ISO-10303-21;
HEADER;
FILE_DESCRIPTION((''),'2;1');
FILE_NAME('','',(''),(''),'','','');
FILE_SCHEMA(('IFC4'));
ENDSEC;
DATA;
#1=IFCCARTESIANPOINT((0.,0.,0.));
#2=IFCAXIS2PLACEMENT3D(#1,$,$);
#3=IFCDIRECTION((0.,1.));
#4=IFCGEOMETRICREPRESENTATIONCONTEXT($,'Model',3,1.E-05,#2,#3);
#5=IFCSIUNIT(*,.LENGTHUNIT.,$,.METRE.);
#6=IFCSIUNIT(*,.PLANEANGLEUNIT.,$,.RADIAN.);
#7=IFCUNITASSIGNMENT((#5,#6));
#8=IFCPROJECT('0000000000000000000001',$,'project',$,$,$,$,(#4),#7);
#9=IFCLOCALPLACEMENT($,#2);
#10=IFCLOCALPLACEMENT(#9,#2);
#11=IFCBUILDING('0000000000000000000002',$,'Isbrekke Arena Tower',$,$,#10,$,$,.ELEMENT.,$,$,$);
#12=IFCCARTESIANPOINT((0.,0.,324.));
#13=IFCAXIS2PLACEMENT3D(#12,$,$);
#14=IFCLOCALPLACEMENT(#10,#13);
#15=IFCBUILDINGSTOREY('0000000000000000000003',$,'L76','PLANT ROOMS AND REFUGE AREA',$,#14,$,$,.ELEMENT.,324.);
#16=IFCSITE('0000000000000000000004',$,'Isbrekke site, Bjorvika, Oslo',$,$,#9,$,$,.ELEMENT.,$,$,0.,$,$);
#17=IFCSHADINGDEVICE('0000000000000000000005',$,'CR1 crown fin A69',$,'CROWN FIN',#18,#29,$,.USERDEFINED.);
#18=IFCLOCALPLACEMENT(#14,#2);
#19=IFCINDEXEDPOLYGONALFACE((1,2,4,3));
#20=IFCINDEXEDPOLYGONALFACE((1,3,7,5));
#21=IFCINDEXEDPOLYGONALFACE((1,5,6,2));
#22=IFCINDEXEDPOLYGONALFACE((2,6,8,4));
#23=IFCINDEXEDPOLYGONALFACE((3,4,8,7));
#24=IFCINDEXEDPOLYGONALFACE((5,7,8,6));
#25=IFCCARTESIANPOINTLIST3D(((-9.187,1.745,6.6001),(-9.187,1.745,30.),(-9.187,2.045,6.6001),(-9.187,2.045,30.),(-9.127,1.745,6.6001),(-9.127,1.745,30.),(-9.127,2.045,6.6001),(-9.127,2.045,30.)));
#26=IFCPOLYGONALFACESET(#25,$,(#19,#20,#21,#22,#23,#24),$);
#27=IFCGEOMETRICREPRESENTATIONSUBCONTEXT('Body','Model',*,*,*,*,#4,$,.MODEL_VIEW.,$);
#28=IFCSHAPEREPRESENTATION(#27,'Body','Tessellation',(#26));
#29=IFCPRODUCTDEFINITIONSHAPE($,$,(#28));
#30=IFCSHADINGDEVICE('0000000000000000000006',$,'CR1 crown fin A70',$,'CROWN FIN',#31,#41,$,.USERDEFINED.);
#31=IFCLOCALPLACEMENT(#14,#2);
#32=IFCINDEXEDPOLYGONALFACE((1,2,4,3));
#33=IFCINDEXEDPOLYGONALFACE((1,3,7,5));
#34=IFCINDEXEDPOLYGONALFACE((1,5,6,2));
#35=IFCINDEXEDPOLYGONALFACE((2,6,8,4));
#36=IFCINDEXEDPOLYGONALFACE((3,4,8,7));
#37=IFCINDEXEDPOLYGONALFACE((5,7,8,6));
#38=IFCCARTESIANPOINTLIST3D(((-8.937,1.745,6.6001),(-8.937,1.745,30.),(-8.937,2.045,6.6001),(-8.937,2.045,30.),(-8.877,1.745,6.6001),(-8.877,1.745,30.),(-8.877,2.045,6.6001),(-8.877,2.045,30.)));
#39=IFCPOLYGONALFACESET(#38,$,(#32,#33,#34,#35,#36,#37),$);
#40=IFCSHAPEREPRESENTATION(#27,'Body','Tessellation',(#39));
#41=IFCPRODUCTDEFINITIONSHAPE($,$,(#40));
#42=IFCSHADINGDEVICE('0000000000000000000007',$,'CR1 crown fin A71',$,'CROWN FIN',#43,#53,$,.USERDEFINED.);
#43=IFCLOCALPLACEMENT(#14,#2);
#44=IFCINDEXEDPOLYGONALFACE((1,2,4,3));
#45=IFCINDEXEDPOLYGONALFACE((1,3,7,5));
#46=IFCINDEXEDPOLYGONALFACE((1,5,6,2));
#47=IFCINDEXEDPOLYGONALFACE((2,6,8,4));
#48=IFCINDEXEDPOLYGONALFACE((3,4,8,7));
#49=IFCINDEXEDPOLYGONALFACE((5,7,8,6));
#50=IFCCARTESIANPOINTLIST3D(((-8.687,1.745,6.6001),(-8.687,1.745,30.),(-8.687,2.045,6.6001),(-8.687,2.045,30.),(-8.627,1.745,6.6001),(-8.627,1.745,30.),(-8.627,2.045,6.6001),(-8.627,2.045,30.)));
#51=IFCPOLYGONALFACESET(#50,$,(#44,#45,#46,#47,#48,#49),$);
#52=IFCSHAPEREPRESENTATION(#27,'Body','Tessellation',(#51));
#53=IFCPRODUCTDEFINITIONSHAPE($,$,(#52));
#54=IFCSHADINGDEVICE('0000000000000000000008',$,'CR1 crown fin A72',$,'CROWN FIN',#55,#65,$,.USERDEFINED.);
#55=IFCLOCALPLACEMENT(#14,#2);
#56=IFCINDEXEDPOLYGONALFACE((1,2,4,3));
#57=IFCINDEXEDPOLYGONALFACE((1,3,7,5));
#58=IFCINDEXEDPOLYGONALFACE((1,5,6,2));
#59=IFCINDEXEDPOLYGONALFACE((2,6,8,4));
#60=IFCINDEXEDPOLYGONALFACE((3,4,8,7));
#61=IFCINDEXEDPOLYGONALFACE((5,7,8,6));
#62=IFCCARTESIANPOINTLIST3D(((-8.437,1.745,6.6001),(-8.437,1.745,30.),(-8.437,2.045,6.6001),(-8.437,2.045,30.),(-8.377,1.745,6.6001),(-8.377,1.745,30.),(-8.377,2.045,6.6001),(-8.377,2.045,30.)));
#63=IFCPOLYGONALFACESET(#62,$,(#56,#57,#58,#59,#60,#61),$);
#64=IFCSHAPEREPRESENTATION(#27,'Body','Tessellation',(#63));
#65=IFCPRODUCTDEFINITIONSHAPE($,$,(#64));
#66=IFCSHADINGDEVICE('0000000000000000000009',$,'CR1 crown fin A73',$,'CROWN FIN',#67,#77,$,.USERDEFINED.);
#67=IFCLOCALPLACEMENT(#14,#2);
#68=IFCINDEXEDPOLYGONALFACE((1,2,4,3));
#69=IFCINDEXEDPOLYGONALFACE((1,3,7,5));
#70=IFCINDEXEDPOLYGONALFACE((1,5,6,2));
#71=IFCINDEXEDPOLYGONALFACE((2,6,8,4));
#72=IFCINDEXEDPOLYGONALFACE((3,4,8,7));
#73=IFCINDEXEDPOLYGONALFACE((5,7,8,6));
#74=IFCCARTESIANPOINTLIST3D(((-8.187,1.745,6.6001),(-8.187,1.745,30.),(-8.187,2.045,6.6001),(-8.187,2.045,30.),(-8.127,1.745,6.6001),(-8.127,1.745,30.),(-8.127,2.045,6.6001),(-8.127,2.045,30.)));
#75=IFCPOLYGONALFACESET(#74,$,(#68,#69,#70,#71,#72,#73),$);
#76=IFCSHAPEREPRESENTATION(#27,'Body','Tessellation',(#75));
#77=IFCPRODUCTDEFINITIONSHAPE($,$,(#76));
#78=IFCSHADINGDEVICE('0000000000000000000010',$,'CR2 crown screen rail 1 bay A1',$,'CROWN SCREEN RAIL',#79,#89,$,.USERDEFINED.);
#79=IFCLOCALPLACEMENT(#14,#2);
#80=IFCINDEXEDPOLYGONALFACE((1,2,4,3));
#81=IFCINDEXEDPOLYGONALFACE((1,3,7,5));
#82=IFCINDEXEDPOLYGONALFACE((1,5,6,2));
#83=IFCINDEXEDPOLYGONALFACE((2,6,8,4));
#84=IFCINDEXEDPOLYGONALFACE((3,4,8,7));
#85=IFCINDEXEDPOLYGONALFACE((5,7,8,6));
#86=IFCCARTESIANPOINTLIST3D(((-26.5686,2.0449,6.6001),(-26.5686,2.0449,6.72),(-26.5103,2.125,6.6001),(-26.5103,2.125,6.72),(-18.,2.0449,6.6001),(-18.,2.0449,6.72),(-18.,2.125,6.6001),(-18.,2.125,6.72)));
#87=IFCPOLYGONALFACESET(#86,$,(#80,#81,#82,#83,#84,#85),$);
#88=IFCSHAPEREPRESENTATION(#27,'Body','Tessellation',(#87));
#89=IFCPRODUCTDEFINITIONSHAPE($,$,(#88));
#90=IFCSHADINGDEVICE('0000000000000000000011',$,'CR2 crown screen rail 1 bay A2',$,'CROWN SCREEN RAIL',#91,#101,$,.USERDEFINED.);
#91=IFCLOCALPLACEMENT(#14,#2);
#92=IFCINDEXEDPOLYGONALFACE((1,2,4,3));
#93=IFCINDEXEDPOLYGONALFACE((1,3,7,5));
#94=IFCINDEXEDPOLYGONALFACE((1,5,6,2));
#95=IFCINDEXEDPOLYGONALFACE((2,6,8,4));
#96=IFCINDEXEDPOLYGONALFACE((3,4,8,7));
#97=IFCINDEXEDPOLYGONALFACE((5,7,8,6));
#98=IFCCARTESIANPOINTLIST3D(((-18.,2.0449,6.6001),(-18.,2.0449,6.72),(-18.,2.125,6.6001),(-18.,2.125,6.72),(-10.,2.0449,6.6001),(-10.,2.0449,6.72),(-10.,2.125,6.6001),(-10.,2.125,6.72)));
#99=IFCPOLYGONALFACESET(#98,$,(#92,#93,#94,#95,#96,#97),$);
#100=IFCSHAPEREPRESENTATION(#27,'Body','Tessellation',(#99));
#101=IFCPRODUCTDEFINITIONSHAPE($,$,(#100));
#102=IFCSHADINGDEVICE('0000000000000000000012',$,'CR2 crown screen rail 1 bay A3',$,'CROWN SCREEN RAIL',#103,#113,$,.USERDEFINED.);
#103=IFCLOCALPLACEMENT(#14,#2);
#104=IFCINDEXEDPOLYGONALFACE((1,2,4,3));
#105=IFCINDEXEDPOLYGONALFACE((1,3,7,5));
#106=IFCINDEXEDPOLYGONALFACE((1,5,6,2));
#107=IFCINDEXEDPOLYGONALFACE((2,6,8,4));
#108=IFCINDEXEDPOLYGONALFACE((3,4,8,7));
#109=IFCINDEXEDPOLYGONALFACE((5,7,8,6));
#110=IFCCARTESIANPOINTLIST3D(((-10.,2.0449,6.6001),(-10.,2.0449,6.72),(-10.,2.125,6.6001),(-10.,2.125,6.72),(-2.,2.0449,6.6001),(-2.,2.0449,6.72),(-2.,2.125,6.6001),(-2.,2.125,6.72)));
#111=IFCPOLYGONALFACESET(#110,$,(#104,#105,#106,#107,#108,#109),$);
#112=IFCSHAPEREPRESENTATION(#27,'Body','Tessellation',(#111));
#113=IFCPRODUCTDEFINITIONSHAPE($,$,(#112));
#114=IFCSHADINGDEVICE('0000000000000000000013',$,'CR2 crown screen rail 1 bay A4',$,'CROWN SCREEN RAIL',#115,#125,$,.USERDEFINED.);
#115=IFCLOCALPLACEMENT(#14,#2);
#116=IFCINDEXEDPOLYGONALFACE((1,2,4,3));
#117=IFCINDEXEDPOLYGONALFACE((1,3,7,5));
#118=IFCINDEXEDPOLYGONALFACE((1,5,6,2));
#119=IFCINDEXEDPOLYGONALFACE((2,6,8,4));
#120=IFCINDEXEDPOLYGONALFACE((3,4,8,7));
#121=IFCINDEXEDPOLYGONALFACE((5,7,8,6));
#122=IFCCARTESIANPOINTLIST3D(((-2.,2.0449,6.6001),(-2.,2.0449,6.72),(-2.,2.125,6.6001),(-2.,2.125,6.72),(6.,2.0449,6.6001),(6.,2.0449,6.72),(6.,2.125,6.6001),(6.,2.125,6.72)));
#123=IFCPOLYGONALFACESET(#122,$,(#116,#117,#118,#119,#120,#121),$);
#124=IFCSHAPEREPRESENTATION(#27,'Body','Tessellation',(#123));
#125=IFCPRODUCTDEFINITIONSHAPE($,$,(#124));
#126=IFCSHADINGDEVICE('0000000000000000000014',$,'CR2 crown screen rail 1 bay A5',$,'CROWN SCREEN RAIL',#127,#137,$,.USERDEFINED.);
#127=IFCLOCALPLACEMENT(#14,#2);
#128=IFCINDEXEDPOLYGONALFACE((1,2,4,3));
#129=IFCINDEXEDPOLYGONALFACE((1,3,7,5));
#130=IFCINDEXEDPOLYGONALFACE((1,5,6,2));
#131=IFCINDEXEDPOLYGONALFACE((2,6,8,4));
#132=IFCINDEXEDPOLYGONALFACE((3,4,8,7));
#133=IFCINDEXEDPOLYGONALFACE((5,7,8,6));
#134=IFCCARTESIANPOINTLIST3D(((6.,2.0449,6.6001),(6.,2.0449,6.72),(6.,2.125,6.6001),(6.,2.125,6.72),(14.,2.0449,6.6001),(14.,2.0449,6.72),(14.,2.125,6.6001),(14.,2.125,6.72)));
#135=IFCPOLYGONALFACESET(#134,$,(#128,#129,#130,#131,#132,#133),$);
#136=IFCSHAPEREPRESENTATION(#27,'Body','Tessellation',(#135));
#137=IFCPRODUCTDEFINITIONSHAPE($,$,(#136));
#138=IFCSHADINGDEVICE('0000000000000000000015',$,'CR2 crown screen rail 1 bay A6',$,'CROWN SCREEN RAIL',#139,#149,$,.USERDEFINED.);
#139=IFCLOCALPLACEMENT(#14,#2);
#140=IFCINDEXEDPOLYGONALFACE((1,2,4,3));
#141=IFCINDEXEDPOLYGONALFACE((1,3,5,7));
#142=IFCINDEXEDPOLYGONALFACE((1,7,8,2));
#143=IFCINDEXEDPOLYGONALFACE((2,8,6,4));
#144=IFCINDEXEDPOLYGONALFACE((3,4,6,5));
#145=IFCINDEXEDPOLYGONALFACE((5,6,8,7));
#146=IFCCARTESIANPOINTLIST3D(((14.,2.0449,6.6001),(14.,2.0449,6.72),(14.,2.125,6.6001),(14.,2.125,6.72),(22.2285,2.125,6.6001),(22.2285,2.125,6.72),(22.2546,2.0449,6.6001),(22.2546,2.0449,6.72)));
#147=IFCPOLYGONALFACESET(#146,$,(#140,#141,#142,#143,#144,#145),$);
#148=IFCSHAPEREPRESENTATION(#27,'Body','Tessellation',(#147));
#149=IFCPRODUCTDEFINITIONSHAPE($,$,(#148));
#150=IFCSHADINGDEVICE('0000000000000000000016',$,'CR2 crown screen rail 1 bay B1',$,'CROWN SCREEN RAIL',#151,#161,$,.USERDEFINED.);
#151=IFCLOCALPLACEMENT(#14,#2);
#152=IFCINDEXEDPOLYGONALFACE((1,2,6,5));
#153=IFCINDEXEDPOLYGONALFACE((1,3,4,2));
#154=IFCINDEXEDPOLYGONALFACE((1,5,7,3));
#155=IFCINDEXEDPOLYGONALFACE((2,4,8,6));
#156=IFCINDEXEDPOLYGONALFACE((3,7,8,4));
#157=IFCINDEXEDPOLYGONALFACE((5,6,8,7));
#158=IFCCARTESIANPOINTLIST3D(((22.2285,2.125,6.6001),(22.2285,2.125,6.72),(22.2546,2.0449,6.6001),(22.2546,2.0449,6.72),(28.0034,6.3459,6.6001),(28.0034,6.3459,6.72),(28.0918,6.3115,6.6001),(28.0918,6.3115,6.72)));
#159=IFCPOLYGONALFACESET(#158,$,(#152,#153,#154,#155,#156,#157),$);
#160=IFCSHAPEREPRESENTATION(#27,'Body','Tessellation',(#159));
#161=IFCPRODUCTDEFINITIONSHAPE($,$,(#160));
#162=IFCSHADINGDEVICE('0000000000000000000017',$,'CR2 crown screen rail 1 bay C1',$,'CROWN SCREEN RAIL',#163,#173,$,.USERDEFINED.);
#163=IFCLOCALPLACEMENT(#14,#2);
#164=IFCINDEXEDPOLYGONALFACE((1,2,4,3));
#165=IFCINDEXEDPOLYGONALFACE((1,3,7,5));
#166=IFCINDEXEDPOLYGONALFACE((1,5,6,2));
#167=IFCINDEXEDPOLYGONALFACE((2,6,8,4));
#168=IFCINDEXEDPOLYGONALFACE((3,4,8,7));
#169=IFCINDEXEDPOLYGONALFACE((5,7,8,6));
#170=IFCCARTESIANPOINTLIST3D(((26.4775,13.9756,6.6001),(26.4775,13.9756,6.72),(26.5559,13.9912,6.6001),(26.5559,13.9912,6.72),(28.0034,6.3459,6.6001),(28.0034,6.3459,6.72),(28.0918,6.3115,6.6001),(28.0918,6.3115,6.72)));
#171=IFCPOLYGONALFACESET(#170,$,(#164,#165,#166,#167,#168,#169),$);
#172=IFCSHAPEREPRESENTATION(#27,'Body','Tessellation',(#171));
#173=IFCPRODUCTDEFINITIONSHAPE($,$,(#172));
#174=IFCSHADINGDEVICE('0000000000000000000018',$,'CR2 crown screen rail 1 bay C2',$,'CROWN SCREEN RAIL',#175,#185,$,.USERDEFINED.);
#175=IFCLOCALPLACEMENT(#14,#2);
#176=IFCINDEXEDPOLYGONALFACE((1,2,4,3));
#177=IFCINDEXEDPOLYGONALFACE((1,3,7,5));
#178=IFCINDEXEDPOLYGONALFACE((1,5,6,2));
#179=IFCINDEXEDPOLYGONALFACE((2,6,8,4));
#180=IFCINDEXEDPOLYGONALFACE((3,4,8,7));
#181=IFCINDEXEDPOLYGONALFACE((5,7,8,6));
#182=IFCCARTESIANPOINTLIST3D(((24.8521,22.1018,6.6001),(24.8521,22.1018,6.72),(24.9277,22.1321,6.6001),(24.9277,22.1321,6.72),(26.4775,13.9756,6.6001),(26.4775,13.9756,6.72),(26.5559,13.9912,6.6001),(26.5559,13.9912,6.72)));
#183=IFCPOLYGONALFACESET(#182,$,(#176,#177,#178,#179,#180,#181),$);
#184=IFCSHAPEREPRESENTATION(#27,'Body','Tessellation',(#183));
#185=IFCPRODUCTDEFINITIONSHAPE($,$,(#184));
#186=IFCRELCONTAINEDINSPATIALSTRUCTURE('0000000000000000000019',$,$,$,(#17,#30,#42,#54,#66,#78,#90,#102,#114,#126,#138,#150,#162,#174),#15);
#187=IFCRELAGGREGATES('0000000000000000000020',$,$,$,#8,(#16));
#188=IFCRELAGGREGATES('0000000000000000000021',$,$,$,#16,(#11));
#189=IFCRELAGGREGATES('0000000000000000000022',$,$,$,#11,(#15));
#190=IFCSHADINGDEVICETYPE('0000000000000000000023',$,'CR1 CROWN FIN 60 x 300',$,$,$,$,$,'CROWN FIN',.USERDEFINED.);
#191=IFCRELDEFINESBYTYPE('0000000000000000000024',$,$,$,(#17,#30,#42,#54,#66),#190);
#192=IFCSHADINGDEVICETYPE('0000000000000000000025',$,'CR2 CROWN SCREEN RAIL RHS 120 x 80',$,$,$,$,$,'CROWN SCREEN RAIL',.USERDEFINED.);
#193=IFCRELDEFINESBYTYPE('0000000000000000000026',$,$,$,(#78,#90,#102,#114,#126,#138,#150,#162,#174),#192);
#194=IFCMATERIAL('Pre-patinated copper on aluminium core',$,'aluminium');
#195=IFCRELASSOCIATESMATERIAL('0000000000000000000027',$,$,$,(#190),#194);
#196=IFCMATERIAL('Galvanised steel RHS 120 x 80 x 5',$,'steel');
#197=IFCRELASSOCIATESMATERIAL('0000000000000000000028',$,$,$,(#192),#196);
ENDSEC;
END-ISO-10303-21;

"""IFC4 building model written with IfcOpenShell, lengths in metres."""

from ifc_helpers import new_model, si_unit, direction, frame, origin, origin_2d, place, context, subcontext, project, spatial, polyline, rectangle, outline, extrude, material, material_profile, profile_set, type_object, element, save


model = new_model("IFC4")

# Units and contexts
model_context = context("Model", 3, precision=1e-05, world=origin(), true_north=direction((0.0, 1.0)))
body_context = subcontext(model_context, "Body", "Model", "MODEL_VIEW")
ifc_project = project(units=[si_unit("LENGTHUNIT", "METRE"), si_unit("PLANEANGLEUNIT", "RADIAN")], contexts=[model_context])

# Site, building, storey
site_placement = place(None, origin())
site = spatial("IfcSite", under=ifc_project, at=site_placement, Name="Isbrekke site, Bjorvika, Oslo", CompositionType="ELEMENT", RefElevation=0.0)
building_placement = place(site_placement, origin())
building = spatial("IfcBuilding", under=site, at=building_placement, Name="Isbrekke Arena Tower", CompositionType="ELEMENT")
storey_placement = place(building_placement, frame((0.0, 0.0, 324.0)))
storey = spatial("IfcBuildingStorey", under=building, at=storey_placement, Name="L76", Description="PLANT ROOMS AND REFUGE AREA", CompositionType="ELEMENT", Elevation=324.0)

# Shading devices
ifc_material_1 = material(Name="Pre-patinated copper on aluminium core", Category="aluminium")
ifc_material_profile = material_profile(ifc_material_1, rectangle(XDim=0.0601, YDim=0.3, at=origin_2d()), Name="FIN 60X300")
ifc_profile_set = profile_set([ifc_material_profile], Name="Pre-patinated copper on aluminium core")
shading_device_type_1 = type_object("IfcShadingDeviceType", Name="CR1 CROWN FIN 60 x 300", ElementType="CROWN FIN", PredefinedType="USERDEFINED", material=ifc_profile_set)
for number, where, z_axis, x_axis, name in (
    (1, (-9.157, 1.895, 6.6001), (0.0, 0.0, 1.0), (1.0, 0.0, 0.0), "CR1 crown fin A69"),
    (2, (-8.907, 1.895, 6.6001), (0.0, 0.0, 1.0), (1.0, 0.0, 0.0), "CR1 crown fin A70"),
    (3, (-8.657, 1.895, 6.6001), (0.0, 0.0, 1.0), (1.0, 0.0, 0.0), "CR1 crown fin A71"),
    (4, (-8.407, 1.895, 6.6001), (0.0, 0.0, 1.0), (1.0, 0.0, 0.0), "CR1 crown fin A72"),
    (5, (-8.157, 1.895, 6.6001), (0.0, 0.0, 1.0), (1.0, 0.0, 0.0), "CR1 crown fin A73"),
):
    element("IfcShadingDevice", number, at=place(storey_placement, frame(where, z_axis=z_axis, x_axis=x_axis)), inside=storey, type_object=shading_device_type_1, Name=name, ObjectType="CROWN FIN", PredefinedType="USERDEFINED", context=body_context, shape_type="SweptSolid", body=[
        extrude(rectangle(XDim=0.0601, YDim=0.3, at=origin_2d()), origin(), (0.0, 0.0, 1.0), 23.3999),
    ])
ifc_material_2 = material(Name="Galvanised steel RHS 120 x 80 x 5", Category="steel")
shading_device_type_2 = type_object("IfcShadingDeviceType", Name="CR2 CROWN SCREEN RAIL RHS 120 x 80", ElementType="CROWN SCREEN RAIL", PredefinedType="USERDEFINED", material=ifc_material_2)
shading_device_1_placement = place(storey_placement, frame((0.0, 0.0, 6.6001)))
element("IfcShadingDevice", 6, at=shading_device_1_placement, inside=storey, type_object=shading_device_type_2, Name="CR2 crown screen rail 1 bay A1", ObjectType="CROWN SCREEN RAIL", PredefinedType="USERDEFINED", context=body_context, shape_type="SweptSolid", body=[
    extrude(outline(polyline([(-26.5103, 2.125), (-18.0, 2.125), (-18.0, 2.0449), (-26.5686, 2.0449), (-26.5103, 2.125)])), origin(), (0.0, 0.0, 1.0), 0.1199),
])
shading_device_2_placement = place(storey_placement, frame((0.0, 0.0, 6.6001)))
element("IfcShadingDevice", 7, at=shading_device_2_placement, inside=storey, type_object=shading_device_type_2, Name="CR2 crown screen rail 1 bay A2", ObjectType="CROWN SCREEN RAIL", PredefinedType="USERDEFINED", context=body_context, shape_type="SweptSolid", body=[
    extrude(outline(polyline([(-18.0, 2.125), (-10.0, 2.125), (-10.0, 2.0449), (-18.0, 2.0449), (-18.0, 2.125)])), origin(), (0.0, 0.0, 1.0), 0.1199),
])
shading_device_3_placement = place(storey_placement, frame((0.0, 0.0, 6.6001)))
element("IfcShadingDevice", 8, at=shading_device_3_placement, inside=storey, type_object=shading_device_type_2, Name="CR2 crown screen rail 1 bay A3", ObjectType="CROWN SCREEN RAIL", PredefinedType="USERDEFINED", context=body_context, shape_type="SweptSolid", body=[
    extrude(outline(polyline([(-10.0, 2.125), (-2.0, 2.125), (-2.0, 2.0449), (-10.0, 2.0449), (-10.0, 2.125)])), origin(), (0.0, 0.0, 1.0), 0.1199),
])
shading_device_4_placement = place(storey_placement, frame((0.0, 0.0, 6.6001)))
element("IfcShadingDevice", 9, at=shading_device_4_placement, inside=storey, type_object=shading_device_type_2, Name="CR2 crown screen rail 1 bay A4", ObjectType="CROWN SCREEN RAIL", PredefinedType="USERDEFINED", context=body_context, shape_type="SweptSolid", body=[
    extrude(outline(polyline([(-2.0, 2.125), (6.0, 2.125), (6.0, 2.0449), (-2.0, 2.0449), (-2.0, 2.125)])), origin(), (0.0, 0.0, 1.0), 0.1199),
])
shading_device_5_placement = place(storey_placement, frame((0.0, 0.0, 6.6001)))
element("IfcShadingDevice", 10, at=shading_device_5_placement, inside=storey, type_object=shading_device_type_2, Name="CR2 crown screen rail 1 bay A5", ObjectType="CROWN SCREEN RAIL", PredefinedType="USERDEFINED", context=body_context, shape_type="SweptSolid", body=[
    extrude(outline(polyline([(6.0, 2.125), (14.0, 2.125), (14.0, 2.0449), (6.0, 2.0449), (6.0, 2.125)])), origin(), (0.0, 0.0, 1.0), 0.1199),
])
shading_device_6_placement = place(storey_placement, frame((0.0, 0.0, 6.6001)))
element("IfcShadingDevice", 11, at=shading_device_6_placement, inside=storey, type_object=shading_device_type_2, Name="CR2 crown screen rail 1 bay A6", ObjectType="CROWN SCREEN RAIL", PredefinedType="USERDEFINED", context=body_context, shape_type="SweptSolid", body=[
    extrude(outline(polyline([(14.0, 2.125), (22.2285, 2.125), (22.2546, 2.0449), (14.0, 2.0449), (14.0, 2.125)])), origin(), (0.0, 0.0, 1.0), 0.1199),
])
shading_device_7_placement = place(storey_placement, frame((0.0, 0.0, 6.6001)))
element("IfcShadingDevice", 12, at=shading_device_7_placement, inside=storey, type_object=shading_device_type_2, Name="CR2 crown screen rail 1 bay B1", ObjectType="CROWN SCREEN RAIL", PredefinedType="USERDEFINED", context=body_context, shape_type="SweptSolid", body=[
    extrude(outline(polyline([(22.2285, 2.125), (28.0034, 6.3459), (28.0918, 6.3115), (22.2546, 2.0449), (22.2285, 2.125)])), origin(), (0.0, 0.0, 1.0), 0.1199),
])
shading_device_8_placement = place(storey_placement, frame((0.0, 0.0, 6.6001)))
element("IfcShadingDevice", 13, at=shading_device_8_placement, inside=storey, type_object=shading_device_type_2, Name="CR2 crown screen rail 1 bay C1", ObjectType="CROWN SCREEN RAIL", PredefinedType="USERDEFINED", context=body_context, shape_type="SweptSolid", body=[
    extrude(outline(polyline([(28.0034, 6.3459), (26.4775, 13.9756), (26.5559, 13.9912), (28.0918, 6.3115), (28.0034, 6.3459)])), origin(), (0.0, 0.0, 1.0), 0.1199),
])
shading_device_9_placement = place(storey_placement, frame((0.0, 0.0, 6.6001)))
element("IfcShadingDevice", 14, at=shading_device_9_placement, inside=storey, type_object=shading_device_type_2, Name="CR2 crown screen rail 1 bay C2", ObjectType="CROWN SCREEN RAIL", PredefinedType="USERDEFINED", context=body_context, shape_type="SweptSolid", body=[
    extrude(outline(polyline([(26.4775, 13.9756), (24.8521, 22.1018), (24.9277, 22.1321), (26.5559, 13.9912), (26.4775, 13.9756)])), origin(), (0.0, 0.0, 1.0), 0.1199),
])

save(model, "model.ifc")
